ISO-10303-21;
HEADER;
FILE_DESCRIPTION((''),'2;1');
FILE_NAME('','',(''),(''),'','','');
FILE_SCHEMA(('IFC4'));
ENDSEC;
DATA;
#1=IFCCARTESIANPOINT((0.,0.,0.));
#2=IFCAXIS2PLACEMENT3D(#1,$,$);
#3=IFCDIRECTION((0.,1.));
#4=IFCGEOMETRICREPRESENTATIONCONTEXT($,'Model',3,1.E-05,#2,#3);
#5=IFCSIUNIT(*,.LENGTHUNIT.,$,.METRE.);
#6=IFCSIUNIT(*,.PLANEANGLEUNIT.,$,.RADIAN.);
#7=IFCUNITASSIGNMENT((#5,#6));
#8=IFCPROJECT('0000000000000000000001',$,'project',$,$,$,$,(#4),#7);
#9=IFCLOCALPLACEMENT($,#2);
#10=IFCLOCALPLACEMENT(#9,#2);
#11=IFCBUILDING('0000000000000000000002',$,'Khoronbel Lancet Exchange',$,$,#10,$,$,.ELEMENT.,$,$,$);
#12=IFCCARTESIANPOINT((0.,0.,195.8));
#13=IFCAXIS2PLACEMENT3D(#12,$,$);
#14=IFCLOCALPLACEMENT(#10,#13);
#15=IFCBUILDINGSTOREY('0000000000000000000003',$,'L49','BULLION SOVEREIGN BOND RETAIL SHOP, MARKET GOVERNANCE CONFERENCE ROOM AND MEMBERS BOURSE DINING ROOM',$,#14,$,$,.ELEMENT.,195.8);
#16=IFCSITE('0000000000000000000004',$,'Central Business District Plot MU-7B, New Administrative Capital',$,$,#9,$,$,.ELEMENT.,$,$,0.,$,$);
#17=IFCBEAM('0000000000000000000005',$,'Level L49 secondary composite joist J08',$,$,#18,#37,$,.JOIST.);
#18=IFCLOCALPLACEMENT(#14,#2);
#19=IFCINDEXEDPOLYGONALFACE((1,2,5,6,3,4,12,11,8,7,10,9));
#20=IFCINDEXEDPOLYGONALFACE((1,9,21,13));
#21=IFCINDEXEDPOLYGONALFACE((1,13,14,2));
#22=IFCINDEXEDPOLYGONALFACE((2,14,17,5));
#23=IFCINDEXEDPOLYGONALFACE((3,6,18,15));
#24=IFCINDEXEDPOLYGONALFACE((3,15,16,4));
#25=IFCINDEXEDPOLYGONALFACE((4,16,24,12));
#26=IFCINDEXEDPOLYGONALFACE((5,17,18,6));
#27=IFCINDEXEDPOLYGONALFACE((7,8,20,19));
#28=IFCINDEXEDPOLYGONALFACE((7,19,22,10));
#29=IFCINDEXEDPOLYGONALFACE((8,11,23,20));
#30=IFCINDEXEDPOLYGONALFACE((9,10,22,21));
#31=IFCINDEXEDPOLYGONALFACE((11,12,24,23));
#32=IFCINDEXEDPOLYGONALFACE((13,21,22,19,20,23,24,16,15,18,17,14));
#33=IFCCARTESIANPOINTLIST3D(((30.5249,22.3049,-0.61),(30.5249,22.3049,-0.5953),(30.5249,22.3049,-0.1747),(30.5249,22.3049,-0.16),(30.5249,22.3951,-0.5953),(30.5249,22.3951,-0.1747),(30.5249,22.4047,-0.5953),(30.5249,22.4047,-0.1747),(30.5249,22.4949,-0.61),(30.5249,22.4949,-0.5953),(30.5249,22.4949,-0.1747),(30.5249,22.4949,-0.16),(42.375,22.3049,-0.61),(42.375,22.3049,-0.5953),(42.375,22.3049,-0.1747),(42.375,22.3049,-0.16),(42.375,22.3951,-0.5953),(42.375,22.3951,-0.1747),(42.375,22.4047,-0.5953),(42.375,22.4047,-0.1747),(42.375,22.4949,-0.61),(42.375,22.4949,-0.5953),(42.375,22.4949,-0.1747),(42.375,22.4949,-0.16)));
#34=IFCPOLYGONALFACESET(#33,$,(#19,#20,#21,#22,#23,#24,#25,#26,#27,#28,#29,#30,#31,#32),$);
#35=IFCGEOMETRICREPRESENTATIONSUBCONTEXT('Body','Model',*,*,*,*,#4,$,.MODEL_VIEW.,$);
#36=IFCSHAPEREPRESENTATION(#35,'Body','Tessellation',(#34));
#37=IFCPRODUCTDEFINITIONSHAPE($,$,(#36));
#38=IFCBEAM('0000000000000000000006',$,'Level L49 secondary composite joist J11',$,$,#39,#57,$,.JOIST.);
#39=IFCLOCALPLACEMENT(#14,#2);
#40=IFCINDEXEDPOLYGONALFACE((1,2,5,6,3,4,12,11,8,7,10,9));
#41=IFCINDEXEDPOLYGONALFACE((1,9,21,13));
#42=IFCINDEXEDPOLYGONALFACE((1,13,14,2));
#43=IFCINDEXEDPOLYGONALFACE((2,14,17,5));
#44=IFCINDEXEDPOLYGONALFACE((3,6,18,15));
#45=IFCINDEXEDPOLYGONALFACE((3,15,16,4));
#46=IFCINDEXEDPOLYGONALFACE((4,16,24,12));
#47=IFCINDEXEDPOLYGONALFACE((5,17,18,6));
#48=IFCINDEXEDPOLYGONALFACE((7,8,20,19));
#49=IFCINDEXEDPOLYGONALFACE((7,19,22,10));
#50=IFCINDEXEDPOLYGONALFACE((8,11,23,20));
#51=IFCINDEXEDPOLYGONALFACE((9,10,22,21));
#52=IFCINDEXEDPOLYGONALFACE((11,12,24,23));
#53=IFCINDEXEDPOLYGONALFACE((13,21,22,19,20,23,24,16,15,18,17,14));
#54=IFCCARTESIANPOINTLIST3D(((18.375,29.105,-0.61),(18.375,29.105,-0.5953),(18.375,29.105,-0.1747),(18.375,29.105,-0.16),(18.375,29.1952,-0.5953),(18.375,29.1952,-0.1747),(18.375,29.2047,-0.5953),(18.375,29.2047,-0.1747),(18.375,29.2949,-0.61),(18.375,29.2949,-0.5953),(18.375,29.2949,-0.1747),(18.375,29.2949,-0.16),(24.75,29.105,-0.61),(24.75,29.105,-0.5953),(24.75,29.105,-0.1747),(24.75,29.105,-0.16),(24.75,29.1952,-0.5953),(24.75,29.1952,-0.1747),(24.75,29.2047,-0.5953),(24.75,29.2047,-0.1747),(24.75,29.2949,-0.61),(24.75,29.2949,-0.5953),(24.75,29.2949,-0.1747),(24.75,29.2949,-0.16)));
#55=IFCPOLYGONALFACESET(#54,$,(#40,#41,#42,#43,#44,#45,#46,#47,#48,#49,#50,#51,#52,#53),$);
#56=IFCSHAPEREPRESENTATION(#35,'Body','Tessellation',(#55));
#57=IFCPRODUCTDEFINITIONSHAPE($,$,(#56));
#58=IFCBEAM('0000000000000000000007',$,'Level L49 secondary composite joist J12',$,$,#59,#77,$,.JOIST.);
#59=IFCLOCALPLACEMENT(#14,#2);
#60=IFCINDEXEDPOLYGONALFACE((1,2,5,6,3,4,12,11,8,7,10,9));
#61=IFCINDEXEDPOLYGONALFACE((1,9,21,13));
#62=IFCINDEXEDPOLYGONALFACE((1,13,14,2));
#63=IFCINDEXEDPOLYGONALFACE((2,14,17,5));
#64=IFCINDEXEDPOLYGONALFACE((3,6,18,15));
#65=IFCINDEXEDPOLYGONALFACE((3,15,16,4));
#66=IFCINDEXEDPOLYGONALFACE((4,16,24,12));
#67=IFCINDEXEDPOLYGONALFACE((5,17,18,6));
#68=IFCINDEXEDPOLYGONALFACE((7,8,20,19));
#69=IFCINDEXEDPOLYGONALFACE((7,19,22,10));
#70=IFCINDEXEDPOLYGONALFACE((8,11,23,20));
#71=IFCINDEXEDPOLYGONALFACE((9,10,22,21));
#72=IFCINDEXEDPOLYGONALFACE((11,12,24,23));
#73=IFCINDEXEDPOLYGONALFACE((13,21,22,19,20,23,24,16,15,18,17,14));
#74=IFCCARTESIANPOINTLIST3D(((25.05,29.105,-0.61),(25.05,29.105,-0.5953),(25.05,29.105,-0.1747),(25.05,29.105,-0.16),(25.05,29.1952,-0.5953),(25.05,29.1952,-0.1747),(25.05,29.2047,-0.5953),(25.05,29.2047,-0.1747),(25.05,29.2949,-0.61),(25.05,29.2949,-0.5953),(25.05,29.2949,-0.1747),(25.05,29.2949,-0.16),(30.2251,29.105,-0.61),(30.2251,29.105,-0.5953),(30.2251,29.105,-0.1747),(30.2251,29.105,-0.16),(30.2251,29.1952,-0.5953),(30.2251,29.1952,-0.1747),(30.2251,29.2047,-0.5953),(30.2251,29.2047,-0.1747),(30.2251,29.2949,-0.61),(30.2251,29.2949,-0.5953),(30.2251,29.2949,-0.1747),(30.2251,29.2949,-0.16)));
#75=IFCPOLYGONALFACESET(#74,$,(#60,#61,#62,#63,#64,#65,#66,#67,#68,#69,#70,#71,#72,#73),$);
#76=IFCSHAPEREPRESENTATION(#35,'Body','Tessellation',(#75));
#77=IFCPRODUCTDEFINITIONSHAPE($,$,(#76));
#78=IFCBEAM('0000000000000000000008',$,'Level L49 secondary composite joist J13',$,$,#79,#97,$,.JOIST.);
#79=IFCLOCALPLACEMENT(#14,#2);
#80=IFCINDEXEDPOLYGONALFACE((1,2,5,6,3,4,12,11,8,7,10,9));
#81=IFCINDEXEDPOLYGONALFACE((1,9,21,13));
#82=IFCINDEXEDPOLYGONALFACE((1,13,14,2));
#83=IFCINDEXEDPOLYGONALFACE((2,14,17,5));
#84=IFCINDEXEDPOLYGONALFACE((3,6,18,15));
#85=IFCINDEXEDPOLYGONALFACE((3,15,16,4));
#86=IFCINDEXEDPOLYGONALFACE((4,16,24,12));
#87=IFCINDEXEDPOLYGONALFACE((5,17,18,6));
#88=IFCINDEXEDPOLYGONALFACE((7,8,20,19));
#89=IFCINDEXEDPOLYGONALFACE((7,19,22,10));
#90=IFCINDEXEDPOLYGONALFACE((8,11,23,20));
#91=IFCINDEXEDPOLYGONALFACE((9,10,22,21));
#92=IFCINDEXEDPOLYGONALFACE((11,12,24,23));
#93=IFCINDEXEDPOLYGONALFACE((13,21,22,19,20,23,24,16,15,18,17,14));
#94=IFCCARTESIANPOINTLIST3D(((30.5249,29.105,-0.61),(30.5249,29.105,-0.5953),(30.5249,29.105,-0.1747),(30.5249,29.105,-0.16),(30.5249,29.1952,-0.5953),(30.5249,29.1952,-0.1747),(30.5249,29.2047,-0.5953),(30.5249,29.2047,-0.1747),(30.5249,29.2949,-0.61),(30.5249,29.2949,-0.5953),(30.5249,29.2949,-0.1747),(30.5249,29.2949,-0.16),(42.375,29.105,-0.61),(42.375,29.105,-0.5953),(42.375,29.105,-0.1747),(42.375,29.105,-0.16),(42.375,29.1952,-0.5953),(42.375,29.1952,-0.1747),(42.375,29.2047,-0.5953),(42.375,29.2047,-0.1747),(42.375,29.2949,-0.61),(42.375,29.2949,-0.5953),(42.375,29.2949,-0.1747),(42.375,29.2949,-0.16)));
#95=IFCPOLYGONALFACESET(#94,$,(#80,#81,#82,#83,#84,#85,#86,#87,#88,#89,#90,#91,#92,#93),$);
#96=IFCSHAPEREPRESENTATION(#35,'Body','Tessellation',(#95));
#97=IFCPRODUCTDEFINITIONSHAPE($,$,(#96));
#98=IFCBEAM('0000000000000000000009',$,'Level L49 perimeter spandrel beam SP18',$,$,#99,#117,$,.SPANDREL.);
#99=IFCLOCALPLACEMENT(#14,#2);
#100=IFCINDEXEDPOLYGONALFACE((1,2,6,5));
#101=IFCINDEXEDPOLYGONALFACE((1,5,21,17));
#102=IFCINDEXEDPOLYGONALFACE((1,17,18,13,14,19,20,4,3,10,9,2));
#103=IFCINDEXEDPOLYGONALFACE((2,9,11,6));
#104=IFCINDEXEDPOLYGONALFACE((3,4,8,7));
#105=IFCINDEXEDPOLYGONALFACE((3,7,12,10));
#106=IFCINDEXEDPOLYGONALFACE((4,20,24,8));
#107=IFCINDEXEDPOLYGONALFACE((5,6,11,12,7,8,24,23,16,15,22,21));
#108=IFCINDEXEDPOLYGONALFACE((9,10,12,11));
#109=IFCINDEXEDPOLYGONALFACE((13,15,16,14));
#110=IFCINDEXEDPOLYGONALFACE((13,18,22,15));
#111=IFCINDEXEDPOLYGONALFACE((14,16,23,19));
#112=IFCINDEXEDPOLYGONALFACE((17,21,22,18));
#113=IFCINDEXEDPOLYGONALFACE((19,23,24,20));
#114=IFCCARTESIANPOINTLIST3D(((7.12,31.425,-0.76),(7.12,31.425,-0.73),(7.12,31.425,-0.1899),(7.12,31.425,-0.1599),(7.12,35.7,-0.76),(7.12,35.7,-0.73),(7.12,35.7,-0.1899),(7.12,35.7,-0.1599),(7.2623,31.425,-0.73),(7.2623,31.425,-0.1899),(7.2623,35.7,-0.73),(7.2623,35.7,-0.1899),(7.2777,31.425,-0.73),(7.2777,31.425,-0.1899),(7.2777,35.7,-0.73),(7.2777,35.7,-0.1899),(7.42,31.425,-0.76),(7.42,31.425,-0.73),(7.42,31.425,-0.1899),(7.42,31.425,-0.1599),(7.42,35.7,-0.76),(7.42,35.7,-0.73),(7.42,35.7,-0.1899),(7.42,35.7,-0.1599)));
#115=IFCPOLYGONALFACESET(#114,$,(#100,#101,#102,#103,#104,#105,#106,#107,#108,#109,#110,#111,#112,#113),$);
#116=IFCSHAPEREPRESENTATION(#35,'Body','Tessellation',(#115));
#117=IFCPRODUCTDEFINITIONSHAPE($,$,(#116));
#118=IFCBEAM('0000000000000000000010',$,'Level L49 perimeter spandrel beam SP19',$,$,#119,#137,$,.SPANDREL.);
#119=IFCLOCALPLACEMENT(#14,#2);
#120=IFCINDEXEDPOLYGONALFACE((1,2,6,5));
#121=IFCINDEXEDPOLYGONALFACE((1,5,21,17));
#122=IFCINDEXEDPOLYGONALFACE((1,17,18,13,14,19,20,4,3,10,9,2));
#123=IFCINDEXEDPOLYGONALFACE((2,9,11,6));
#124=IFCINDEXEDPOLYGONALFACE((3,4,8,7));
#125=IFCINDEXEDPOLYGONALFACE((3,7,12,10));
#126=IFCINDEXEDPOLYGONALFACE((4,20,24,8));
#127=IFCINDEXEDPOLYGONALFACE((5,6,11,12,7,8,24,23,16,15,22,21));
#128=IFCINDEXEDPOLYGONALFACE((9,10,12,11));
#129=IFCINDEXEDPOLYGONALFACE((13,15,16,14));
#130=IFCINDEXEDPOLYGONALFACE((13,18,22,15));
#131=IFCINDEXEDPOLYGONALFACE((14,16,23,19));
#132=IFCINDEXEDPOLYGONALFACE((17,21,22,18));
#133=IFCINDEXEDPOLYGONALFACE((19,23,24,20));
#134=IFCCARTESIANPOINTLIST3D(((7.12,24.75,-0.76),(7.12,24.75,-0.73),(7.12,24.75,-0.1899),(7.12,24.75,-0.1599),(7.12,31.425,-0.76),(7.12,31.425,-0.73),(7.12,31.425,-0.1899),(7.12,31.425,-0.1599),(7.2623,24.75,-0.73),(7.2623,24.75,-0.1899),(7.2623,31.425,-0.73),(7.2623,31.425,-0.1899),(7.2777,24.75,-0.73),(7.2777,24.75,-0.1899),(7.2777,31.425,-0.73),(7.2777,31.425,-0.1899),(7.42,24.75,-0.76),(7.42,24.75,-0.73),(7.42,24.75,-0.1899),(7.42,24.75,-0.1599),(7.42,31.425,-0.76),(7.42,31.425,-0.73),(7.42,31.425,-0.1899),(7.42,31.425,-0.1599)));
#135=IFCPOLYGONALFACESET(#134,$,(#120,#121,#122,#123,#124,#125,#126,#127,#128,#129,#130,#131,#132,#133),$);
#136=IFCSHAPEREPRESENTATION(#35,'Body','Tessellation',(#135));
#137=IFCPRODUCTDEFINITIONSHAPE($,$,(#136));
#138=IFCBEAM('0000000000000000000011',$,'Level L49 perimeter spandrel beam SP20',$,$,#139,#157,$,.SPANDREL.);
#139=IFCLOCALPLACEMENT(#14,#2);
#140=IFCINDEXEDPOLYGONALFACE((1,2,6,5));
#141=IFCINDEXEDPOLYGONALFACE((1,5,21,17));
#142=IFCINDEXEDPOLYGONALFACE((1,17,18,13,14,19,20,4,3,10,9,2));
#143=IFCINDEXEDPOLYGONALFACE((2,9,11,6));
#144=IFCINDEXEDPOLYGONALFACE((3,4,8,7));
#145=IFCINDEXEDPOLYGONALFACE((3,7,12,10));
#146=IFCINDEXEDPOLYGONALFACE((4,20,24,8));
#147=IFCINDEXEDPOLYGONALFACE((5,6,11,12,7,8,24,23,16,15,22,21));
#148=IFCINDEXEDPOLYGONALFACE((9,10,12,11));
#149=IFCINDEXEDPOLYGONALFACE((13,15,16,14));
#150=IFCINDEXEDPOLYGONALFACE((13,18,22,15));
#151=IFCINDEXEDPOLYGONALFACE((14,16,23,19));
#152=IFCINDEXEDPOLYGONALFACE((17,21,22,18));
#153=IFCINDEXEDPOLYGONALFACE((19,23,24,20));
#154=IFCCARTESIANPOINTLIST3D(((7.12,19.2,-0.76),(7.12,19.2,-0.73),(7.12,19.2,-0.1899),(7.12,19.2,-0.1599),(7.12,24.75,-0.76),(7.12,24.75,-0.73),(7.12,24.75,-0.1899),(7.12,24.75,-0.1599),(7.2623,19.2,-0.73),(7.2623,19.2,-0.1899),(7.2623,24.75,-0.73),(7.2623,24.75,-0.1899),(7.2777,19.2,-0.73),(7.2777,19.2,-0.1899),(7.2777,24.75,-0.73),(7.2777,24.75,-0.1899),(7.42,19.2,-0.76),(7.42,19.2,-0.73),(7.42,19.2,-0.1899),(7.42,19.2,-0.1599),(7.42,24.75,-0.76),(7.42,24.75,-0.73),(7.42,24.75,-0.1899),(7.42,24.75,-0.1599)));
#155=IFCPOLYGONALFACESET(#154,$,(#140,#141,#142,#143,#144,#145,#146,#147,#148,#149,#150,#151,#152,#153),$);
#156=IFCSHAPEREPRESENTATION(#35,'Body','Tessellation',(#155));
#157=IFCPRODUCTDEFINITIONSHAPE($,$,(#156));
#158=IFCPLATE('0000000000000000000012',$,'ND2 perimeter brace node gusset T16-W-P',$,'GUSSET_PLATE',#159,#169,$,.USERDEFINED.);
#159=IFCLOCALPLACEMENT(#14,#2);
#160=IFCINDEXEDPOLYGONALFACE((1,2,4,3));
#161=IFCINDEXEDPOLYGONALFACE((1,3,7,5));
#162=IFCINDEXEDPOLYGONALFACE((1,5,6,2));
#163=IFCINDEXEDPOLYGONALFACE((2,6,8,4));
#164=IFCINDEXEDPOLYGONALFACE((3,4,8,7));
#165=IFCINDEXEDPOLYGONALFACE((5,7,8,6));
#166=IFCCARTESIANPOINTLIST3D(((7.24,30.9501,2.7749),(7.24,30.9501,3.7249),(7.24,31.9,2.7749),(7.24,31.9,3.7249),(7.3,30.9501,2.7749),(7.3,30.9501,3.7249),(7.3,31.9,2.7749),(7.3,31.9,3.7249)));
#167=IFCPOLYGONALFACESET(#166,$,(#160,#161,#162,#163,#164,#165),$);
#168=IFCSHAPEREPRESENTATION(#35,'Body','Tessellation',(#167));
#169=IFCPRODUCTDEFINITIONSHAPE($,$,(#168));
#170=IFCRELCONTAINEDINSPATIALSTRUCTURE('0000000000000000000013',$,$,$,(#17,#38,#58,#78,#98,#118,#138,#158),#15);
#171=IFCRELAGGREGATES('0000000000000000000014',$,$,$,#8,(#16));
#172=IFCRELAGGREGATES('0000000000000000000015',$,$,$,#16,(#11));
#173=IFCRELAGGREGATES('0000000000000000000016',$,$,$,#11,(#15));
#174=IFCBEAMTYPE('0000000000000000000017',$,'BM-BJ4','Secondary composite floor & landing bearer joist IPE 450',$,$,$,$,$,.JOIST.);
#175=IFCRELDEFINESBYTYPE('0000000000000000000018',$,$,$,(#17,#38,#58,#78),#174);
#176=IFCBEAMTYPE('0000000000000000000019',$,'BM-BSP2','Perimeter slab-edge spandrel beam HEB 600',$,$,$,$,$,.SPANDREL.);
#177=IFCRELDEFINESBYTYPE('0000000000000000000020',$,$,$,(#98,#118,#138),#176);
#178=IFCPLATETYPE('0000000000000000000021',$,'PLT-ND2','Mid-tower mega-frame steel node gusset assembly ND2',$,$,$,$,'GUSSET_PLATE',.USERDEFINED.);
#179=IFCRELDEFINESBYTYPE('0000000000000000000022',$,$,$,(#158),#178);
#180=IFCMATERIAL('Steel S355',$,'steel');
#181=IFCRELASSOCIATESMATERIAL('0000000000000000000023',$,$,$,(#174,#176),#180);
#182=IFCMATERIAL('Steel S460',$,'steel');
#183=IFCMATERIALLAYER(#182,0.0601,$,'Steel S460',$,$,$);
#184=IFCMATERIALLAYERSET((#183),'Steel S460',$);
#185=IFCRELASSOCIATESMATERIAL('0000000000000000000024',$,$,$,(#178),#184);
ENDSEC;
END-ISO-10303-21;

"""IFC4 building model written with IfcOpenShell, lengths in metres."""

from ifc_helpers import new_model, si_unit, direction, frame, origin, origin_2d, place, context, subcontext, project, spatial, rectangle, i_section, extrude, material, layer, layer_set, material_profile, profile_set, type_object, element, save


model = new_model("IFC4")

# Units and contexts
model_context = context("Model", 3, precision=1e-05, world=origin(), true_north=direction((0.0, 1.0)))
body_context = subcontext(model_context, "Body", "Model", "MODEL_VIEW")
ifc_project = project(units=[si_unit("LENGTHUNIT", "METRE"), si_unit("PLANEANGLEUNIT", "RADIAN")], contexts=[model_context])

# Site, building, storey
site_placement = place(None, origin())
site = spatial("IfcSite", under=ifc_project, at=site_placement, Name="Central Business District Plot MU-7B, New Administrative Capital", CompositionType="ELEMENT", RefElevation=0.0)
building_placement = place(site_placement, origin())
building = spatial("IfcBuilding", under=site, at=building_placement, Name="Khoronbel Lancet Exchange", CompositionType="ELEMENT")
storey_placement = place(building_placement, frame((0.0, 0.0, 195.8)))
storey = spatial("IfcBuildingStorey", under=building, at=storey_placement, Name="L49", Description="BULLION SOVEREIGN BOND RETAIL SHOP, MARKET GOVERNANCE CONFERENCE ROOM AND MEMBERS BOURSE DINING ROOM", CompositionType="ELEMENT", Elevation=195.8)

# Shared definitions
ifc_material_1 = material(Name="Steel S355", Category="steel")

# Beams
ifc_material_profile_1 = material_profile(ifc_material_1, i_section(OverallWidth=0.1899, OverallDepth=0.45, WebThickness=0.0095, FlangeThickness=0.0146, at=origin_2d()), Name="IPE 450")
ifc_profile_set_1 = profile_set([ifc_material_profile_1], Name="Steel S355")
beam_type_1 = type_object("IfcBeamType", Name="BM-BJ4", Description="Secondary composite floor & landing bearer joist IPE 450", PredefinedType="JOIST", material=ifc_profile_set_1)
beam_1_placement = place(storey_placement, frame((30.5249, 22.3999, -0.385), z_axis=(1.0, 0.0, 0.0), x_axis=(0.0, 1.0, 0.0)))
element("IfcBeam", 1, at=beam_1_placement, inside=storey, type_object=beam_type_1, Name="Level L49 secondary composite joist J08", PredefinedType="JOIST", context=body_context, shape_type="SweptSolid", body=[
    extrude(i_section(OverallWidth=0.1899, OverallDepth=0.45, WebThickness=0.0095, FlangeThickness=0.0146, at=origin_2d()), origin(), (0.0, 0.0, 1.0), 11.8501),
])
beam_2_placement = place(storey_placement, frame((18.375, 29.2, -0.385), z_axis=(1.0, 0.0, 0.0), x_axis=(0.0, 1.0, 0.0)))
element("IfcBeam", 2, at=beam_2_placement, inside=storey, type_object=beam_type_1, Name="Level L49 secondary composite joist J11", PredefinedType="JOIST", context=body_context, shape_type="SweptSolid", body=[
    extrude(i_section(OverallWidth=0.1899, OverallDepth=0.45, WebThickness=0.0095, FlangeThickness=0.0146, at=origin_2d()), origin(), (0.0, 0.0, 1.0), 6.375),
])
beam_3_placement = place(storey_placement, frame((25.05, 29.2, -0.385), z_axis=(1.0, 0.0, 0.0), x_axis=(0.0, 1.0, 0.0)))
element("IfcBeam", 3, at=beam_3_placement, inside=storey, type_object=beam_type_1, Name="Level L49 secondary composite joist J12", PredefinedType="JOIST", context=body_context, shape_type="SweptSolid", body=[
    extrude(i_section(OverallWidth=0.1899, OverallDepth=0.45, WebThickness=0.0095, FlangeThickness=0.0146, at=origin_2d()), origin(), (0.0, 0.0, 1.0), 5.175),
])
beam_4_placement = place(storey_placement, frame((30.5249, 29.2, -0.385), z_axis=(1.0, 0.0, 0.0), x_axis=(0.0, 1.0, 0.0)))
element("IfcBeam", 4, at=beam_4_placement, inside=storey, type_object=beam_type_1, Name="Level L49 secondary composite joist J13", PredefinedType="JOIST", context=body_context, shape_type="SweptSolid", body=[
    extrude(i_section(OverallWidth=0.1899, OverallDepth=0.45, WebThickness=0.0095, FlangeThickness=0.0146, at=origin_2d()), origin(), (0.0, 0.0, 1.0), 11.8501),
])
ifc_material_profile_2 = material_profile(ifc_material_1, i_section(OverallWidth=0.3, OverallDepth=0.6001, WebThickness=0.0154, FlangeThickness=0.03, at=origin_2d()), Name="HEB 600")
ifc_profile_set_2 = profile_set([ifc_material_profile_2], Name="Steel S355")
beam_type_2 = type_object("IfcBeamType", Name="BM-BSP2", Description="Perimeter slab-edge spandrel beam HEB 600", PredefinedType="SPANDREL", material=ifc_profile_set_2)
beam_5_placement = place(storey_placement, frame((7.27, 35.7, -0.46), z_axis=(0.0, -1.0, 0.0), x_axis=(1.0, 0.0, 0.0)))
element("IfcBeam", 5, at=beam_5_placement, inside=storey, type_object=beam_type_2, Name="Level L49 perimeter spandrel beam SP18", PredefinedType="SPANDREL", context=body_context, shape_type="SweptSolid", body=[
    extrude(i_section(OverallWidth=0.3, OverallDepth=0.6001, WebThickness=0.0154, FlangeThickness=0.03, at=origin_2d()), origin(), (0.0, 0.0, 1.0), 4.2749),
])
beam_6_placement = place(storey_placement, frame((7.27, 31.425, -0.46), z_axis=(0.0, -1.0, 0.0), x_axis=(1.0, 0.0, 0.0)))
element("IfcBeam", 6, at=beam_6_placement, inside=storey, type_object=beam_type_2, Name="Level L49 perimeter spandrel beam SP19", PredefinedType="SPANDREL", context=body_context, shape_type="SweptSolid", body=[
    extrude(i_section(OverallWidth=0.3, OverallDepth=0.6001, WebThickness=0.0154, FlangeThickness=0.03, at=origin_2d()), origin(), (0.0, 0.0, 1.0), 6.675),
])
beam_7_placement = place(storey_placement, frame((7.27, 24.75, -0.46), z_axis=(0.0, -1.0, 0.0), x_axis=(1.0, 0.0, 0.0)))
element("IfcBeam", 7, at=beam_7_placement, inside=storey, type_object=beam_type_2, Name="Level L49 perimeter spandrel beam SP20", PredefinedType="SPANDREL", context=body_context, shape_type="SweptSolid", body=[
    extrude(i_section(OverallWidth=0.3, OverallDepth=0.6001, WebThickness=0.0154, FlangeThickness=0.03, at=origin_2d()), origin(), (0.0, 0.0, 1.0), 5.55),
])

# Plate
ifc_material_2 = material(Name="Steel S460", Category="steel")
ifc_layer_1 = layer(ifc_material_2, 0.0601, Name="Steel S460")
ifc_layer_set_1 = layer_set([ifc_layer_1], Name="Steel S460")
plate_type = type_object("IfcPlateType", Name="PLT-ND2", Description="Mid-tower mega-frame steel node gusset assembly ND2", ElementType="GUSSET_PLATE", PredefinedType="USERDEFINED", material=ifc_layer_set_1)
plate_placement = place(storey_placement, frame((7.27, 31.425, 2.7749), z_axis=(0.0, 0.0, 1.0), x_axis=(0.0, 1.0, 0.0)))
element("IfcPlate", 8, at=plate_placement, inside=storey, type_object=plate_type, Name="ND2 perimeter brace node gusset T16-W-P", ObjectType="GUSSET_PLATE", PredefinedType="USERDEFINED", context=body_context, shape_type="SweptSolid", body=[
    extrude(rectangle(XDim=0.95, YDim=0.0601, at=origin_2d()), origin(), (0.0, 0.0, 1.0), 0.95),
])

save(model, "model.ifc")
